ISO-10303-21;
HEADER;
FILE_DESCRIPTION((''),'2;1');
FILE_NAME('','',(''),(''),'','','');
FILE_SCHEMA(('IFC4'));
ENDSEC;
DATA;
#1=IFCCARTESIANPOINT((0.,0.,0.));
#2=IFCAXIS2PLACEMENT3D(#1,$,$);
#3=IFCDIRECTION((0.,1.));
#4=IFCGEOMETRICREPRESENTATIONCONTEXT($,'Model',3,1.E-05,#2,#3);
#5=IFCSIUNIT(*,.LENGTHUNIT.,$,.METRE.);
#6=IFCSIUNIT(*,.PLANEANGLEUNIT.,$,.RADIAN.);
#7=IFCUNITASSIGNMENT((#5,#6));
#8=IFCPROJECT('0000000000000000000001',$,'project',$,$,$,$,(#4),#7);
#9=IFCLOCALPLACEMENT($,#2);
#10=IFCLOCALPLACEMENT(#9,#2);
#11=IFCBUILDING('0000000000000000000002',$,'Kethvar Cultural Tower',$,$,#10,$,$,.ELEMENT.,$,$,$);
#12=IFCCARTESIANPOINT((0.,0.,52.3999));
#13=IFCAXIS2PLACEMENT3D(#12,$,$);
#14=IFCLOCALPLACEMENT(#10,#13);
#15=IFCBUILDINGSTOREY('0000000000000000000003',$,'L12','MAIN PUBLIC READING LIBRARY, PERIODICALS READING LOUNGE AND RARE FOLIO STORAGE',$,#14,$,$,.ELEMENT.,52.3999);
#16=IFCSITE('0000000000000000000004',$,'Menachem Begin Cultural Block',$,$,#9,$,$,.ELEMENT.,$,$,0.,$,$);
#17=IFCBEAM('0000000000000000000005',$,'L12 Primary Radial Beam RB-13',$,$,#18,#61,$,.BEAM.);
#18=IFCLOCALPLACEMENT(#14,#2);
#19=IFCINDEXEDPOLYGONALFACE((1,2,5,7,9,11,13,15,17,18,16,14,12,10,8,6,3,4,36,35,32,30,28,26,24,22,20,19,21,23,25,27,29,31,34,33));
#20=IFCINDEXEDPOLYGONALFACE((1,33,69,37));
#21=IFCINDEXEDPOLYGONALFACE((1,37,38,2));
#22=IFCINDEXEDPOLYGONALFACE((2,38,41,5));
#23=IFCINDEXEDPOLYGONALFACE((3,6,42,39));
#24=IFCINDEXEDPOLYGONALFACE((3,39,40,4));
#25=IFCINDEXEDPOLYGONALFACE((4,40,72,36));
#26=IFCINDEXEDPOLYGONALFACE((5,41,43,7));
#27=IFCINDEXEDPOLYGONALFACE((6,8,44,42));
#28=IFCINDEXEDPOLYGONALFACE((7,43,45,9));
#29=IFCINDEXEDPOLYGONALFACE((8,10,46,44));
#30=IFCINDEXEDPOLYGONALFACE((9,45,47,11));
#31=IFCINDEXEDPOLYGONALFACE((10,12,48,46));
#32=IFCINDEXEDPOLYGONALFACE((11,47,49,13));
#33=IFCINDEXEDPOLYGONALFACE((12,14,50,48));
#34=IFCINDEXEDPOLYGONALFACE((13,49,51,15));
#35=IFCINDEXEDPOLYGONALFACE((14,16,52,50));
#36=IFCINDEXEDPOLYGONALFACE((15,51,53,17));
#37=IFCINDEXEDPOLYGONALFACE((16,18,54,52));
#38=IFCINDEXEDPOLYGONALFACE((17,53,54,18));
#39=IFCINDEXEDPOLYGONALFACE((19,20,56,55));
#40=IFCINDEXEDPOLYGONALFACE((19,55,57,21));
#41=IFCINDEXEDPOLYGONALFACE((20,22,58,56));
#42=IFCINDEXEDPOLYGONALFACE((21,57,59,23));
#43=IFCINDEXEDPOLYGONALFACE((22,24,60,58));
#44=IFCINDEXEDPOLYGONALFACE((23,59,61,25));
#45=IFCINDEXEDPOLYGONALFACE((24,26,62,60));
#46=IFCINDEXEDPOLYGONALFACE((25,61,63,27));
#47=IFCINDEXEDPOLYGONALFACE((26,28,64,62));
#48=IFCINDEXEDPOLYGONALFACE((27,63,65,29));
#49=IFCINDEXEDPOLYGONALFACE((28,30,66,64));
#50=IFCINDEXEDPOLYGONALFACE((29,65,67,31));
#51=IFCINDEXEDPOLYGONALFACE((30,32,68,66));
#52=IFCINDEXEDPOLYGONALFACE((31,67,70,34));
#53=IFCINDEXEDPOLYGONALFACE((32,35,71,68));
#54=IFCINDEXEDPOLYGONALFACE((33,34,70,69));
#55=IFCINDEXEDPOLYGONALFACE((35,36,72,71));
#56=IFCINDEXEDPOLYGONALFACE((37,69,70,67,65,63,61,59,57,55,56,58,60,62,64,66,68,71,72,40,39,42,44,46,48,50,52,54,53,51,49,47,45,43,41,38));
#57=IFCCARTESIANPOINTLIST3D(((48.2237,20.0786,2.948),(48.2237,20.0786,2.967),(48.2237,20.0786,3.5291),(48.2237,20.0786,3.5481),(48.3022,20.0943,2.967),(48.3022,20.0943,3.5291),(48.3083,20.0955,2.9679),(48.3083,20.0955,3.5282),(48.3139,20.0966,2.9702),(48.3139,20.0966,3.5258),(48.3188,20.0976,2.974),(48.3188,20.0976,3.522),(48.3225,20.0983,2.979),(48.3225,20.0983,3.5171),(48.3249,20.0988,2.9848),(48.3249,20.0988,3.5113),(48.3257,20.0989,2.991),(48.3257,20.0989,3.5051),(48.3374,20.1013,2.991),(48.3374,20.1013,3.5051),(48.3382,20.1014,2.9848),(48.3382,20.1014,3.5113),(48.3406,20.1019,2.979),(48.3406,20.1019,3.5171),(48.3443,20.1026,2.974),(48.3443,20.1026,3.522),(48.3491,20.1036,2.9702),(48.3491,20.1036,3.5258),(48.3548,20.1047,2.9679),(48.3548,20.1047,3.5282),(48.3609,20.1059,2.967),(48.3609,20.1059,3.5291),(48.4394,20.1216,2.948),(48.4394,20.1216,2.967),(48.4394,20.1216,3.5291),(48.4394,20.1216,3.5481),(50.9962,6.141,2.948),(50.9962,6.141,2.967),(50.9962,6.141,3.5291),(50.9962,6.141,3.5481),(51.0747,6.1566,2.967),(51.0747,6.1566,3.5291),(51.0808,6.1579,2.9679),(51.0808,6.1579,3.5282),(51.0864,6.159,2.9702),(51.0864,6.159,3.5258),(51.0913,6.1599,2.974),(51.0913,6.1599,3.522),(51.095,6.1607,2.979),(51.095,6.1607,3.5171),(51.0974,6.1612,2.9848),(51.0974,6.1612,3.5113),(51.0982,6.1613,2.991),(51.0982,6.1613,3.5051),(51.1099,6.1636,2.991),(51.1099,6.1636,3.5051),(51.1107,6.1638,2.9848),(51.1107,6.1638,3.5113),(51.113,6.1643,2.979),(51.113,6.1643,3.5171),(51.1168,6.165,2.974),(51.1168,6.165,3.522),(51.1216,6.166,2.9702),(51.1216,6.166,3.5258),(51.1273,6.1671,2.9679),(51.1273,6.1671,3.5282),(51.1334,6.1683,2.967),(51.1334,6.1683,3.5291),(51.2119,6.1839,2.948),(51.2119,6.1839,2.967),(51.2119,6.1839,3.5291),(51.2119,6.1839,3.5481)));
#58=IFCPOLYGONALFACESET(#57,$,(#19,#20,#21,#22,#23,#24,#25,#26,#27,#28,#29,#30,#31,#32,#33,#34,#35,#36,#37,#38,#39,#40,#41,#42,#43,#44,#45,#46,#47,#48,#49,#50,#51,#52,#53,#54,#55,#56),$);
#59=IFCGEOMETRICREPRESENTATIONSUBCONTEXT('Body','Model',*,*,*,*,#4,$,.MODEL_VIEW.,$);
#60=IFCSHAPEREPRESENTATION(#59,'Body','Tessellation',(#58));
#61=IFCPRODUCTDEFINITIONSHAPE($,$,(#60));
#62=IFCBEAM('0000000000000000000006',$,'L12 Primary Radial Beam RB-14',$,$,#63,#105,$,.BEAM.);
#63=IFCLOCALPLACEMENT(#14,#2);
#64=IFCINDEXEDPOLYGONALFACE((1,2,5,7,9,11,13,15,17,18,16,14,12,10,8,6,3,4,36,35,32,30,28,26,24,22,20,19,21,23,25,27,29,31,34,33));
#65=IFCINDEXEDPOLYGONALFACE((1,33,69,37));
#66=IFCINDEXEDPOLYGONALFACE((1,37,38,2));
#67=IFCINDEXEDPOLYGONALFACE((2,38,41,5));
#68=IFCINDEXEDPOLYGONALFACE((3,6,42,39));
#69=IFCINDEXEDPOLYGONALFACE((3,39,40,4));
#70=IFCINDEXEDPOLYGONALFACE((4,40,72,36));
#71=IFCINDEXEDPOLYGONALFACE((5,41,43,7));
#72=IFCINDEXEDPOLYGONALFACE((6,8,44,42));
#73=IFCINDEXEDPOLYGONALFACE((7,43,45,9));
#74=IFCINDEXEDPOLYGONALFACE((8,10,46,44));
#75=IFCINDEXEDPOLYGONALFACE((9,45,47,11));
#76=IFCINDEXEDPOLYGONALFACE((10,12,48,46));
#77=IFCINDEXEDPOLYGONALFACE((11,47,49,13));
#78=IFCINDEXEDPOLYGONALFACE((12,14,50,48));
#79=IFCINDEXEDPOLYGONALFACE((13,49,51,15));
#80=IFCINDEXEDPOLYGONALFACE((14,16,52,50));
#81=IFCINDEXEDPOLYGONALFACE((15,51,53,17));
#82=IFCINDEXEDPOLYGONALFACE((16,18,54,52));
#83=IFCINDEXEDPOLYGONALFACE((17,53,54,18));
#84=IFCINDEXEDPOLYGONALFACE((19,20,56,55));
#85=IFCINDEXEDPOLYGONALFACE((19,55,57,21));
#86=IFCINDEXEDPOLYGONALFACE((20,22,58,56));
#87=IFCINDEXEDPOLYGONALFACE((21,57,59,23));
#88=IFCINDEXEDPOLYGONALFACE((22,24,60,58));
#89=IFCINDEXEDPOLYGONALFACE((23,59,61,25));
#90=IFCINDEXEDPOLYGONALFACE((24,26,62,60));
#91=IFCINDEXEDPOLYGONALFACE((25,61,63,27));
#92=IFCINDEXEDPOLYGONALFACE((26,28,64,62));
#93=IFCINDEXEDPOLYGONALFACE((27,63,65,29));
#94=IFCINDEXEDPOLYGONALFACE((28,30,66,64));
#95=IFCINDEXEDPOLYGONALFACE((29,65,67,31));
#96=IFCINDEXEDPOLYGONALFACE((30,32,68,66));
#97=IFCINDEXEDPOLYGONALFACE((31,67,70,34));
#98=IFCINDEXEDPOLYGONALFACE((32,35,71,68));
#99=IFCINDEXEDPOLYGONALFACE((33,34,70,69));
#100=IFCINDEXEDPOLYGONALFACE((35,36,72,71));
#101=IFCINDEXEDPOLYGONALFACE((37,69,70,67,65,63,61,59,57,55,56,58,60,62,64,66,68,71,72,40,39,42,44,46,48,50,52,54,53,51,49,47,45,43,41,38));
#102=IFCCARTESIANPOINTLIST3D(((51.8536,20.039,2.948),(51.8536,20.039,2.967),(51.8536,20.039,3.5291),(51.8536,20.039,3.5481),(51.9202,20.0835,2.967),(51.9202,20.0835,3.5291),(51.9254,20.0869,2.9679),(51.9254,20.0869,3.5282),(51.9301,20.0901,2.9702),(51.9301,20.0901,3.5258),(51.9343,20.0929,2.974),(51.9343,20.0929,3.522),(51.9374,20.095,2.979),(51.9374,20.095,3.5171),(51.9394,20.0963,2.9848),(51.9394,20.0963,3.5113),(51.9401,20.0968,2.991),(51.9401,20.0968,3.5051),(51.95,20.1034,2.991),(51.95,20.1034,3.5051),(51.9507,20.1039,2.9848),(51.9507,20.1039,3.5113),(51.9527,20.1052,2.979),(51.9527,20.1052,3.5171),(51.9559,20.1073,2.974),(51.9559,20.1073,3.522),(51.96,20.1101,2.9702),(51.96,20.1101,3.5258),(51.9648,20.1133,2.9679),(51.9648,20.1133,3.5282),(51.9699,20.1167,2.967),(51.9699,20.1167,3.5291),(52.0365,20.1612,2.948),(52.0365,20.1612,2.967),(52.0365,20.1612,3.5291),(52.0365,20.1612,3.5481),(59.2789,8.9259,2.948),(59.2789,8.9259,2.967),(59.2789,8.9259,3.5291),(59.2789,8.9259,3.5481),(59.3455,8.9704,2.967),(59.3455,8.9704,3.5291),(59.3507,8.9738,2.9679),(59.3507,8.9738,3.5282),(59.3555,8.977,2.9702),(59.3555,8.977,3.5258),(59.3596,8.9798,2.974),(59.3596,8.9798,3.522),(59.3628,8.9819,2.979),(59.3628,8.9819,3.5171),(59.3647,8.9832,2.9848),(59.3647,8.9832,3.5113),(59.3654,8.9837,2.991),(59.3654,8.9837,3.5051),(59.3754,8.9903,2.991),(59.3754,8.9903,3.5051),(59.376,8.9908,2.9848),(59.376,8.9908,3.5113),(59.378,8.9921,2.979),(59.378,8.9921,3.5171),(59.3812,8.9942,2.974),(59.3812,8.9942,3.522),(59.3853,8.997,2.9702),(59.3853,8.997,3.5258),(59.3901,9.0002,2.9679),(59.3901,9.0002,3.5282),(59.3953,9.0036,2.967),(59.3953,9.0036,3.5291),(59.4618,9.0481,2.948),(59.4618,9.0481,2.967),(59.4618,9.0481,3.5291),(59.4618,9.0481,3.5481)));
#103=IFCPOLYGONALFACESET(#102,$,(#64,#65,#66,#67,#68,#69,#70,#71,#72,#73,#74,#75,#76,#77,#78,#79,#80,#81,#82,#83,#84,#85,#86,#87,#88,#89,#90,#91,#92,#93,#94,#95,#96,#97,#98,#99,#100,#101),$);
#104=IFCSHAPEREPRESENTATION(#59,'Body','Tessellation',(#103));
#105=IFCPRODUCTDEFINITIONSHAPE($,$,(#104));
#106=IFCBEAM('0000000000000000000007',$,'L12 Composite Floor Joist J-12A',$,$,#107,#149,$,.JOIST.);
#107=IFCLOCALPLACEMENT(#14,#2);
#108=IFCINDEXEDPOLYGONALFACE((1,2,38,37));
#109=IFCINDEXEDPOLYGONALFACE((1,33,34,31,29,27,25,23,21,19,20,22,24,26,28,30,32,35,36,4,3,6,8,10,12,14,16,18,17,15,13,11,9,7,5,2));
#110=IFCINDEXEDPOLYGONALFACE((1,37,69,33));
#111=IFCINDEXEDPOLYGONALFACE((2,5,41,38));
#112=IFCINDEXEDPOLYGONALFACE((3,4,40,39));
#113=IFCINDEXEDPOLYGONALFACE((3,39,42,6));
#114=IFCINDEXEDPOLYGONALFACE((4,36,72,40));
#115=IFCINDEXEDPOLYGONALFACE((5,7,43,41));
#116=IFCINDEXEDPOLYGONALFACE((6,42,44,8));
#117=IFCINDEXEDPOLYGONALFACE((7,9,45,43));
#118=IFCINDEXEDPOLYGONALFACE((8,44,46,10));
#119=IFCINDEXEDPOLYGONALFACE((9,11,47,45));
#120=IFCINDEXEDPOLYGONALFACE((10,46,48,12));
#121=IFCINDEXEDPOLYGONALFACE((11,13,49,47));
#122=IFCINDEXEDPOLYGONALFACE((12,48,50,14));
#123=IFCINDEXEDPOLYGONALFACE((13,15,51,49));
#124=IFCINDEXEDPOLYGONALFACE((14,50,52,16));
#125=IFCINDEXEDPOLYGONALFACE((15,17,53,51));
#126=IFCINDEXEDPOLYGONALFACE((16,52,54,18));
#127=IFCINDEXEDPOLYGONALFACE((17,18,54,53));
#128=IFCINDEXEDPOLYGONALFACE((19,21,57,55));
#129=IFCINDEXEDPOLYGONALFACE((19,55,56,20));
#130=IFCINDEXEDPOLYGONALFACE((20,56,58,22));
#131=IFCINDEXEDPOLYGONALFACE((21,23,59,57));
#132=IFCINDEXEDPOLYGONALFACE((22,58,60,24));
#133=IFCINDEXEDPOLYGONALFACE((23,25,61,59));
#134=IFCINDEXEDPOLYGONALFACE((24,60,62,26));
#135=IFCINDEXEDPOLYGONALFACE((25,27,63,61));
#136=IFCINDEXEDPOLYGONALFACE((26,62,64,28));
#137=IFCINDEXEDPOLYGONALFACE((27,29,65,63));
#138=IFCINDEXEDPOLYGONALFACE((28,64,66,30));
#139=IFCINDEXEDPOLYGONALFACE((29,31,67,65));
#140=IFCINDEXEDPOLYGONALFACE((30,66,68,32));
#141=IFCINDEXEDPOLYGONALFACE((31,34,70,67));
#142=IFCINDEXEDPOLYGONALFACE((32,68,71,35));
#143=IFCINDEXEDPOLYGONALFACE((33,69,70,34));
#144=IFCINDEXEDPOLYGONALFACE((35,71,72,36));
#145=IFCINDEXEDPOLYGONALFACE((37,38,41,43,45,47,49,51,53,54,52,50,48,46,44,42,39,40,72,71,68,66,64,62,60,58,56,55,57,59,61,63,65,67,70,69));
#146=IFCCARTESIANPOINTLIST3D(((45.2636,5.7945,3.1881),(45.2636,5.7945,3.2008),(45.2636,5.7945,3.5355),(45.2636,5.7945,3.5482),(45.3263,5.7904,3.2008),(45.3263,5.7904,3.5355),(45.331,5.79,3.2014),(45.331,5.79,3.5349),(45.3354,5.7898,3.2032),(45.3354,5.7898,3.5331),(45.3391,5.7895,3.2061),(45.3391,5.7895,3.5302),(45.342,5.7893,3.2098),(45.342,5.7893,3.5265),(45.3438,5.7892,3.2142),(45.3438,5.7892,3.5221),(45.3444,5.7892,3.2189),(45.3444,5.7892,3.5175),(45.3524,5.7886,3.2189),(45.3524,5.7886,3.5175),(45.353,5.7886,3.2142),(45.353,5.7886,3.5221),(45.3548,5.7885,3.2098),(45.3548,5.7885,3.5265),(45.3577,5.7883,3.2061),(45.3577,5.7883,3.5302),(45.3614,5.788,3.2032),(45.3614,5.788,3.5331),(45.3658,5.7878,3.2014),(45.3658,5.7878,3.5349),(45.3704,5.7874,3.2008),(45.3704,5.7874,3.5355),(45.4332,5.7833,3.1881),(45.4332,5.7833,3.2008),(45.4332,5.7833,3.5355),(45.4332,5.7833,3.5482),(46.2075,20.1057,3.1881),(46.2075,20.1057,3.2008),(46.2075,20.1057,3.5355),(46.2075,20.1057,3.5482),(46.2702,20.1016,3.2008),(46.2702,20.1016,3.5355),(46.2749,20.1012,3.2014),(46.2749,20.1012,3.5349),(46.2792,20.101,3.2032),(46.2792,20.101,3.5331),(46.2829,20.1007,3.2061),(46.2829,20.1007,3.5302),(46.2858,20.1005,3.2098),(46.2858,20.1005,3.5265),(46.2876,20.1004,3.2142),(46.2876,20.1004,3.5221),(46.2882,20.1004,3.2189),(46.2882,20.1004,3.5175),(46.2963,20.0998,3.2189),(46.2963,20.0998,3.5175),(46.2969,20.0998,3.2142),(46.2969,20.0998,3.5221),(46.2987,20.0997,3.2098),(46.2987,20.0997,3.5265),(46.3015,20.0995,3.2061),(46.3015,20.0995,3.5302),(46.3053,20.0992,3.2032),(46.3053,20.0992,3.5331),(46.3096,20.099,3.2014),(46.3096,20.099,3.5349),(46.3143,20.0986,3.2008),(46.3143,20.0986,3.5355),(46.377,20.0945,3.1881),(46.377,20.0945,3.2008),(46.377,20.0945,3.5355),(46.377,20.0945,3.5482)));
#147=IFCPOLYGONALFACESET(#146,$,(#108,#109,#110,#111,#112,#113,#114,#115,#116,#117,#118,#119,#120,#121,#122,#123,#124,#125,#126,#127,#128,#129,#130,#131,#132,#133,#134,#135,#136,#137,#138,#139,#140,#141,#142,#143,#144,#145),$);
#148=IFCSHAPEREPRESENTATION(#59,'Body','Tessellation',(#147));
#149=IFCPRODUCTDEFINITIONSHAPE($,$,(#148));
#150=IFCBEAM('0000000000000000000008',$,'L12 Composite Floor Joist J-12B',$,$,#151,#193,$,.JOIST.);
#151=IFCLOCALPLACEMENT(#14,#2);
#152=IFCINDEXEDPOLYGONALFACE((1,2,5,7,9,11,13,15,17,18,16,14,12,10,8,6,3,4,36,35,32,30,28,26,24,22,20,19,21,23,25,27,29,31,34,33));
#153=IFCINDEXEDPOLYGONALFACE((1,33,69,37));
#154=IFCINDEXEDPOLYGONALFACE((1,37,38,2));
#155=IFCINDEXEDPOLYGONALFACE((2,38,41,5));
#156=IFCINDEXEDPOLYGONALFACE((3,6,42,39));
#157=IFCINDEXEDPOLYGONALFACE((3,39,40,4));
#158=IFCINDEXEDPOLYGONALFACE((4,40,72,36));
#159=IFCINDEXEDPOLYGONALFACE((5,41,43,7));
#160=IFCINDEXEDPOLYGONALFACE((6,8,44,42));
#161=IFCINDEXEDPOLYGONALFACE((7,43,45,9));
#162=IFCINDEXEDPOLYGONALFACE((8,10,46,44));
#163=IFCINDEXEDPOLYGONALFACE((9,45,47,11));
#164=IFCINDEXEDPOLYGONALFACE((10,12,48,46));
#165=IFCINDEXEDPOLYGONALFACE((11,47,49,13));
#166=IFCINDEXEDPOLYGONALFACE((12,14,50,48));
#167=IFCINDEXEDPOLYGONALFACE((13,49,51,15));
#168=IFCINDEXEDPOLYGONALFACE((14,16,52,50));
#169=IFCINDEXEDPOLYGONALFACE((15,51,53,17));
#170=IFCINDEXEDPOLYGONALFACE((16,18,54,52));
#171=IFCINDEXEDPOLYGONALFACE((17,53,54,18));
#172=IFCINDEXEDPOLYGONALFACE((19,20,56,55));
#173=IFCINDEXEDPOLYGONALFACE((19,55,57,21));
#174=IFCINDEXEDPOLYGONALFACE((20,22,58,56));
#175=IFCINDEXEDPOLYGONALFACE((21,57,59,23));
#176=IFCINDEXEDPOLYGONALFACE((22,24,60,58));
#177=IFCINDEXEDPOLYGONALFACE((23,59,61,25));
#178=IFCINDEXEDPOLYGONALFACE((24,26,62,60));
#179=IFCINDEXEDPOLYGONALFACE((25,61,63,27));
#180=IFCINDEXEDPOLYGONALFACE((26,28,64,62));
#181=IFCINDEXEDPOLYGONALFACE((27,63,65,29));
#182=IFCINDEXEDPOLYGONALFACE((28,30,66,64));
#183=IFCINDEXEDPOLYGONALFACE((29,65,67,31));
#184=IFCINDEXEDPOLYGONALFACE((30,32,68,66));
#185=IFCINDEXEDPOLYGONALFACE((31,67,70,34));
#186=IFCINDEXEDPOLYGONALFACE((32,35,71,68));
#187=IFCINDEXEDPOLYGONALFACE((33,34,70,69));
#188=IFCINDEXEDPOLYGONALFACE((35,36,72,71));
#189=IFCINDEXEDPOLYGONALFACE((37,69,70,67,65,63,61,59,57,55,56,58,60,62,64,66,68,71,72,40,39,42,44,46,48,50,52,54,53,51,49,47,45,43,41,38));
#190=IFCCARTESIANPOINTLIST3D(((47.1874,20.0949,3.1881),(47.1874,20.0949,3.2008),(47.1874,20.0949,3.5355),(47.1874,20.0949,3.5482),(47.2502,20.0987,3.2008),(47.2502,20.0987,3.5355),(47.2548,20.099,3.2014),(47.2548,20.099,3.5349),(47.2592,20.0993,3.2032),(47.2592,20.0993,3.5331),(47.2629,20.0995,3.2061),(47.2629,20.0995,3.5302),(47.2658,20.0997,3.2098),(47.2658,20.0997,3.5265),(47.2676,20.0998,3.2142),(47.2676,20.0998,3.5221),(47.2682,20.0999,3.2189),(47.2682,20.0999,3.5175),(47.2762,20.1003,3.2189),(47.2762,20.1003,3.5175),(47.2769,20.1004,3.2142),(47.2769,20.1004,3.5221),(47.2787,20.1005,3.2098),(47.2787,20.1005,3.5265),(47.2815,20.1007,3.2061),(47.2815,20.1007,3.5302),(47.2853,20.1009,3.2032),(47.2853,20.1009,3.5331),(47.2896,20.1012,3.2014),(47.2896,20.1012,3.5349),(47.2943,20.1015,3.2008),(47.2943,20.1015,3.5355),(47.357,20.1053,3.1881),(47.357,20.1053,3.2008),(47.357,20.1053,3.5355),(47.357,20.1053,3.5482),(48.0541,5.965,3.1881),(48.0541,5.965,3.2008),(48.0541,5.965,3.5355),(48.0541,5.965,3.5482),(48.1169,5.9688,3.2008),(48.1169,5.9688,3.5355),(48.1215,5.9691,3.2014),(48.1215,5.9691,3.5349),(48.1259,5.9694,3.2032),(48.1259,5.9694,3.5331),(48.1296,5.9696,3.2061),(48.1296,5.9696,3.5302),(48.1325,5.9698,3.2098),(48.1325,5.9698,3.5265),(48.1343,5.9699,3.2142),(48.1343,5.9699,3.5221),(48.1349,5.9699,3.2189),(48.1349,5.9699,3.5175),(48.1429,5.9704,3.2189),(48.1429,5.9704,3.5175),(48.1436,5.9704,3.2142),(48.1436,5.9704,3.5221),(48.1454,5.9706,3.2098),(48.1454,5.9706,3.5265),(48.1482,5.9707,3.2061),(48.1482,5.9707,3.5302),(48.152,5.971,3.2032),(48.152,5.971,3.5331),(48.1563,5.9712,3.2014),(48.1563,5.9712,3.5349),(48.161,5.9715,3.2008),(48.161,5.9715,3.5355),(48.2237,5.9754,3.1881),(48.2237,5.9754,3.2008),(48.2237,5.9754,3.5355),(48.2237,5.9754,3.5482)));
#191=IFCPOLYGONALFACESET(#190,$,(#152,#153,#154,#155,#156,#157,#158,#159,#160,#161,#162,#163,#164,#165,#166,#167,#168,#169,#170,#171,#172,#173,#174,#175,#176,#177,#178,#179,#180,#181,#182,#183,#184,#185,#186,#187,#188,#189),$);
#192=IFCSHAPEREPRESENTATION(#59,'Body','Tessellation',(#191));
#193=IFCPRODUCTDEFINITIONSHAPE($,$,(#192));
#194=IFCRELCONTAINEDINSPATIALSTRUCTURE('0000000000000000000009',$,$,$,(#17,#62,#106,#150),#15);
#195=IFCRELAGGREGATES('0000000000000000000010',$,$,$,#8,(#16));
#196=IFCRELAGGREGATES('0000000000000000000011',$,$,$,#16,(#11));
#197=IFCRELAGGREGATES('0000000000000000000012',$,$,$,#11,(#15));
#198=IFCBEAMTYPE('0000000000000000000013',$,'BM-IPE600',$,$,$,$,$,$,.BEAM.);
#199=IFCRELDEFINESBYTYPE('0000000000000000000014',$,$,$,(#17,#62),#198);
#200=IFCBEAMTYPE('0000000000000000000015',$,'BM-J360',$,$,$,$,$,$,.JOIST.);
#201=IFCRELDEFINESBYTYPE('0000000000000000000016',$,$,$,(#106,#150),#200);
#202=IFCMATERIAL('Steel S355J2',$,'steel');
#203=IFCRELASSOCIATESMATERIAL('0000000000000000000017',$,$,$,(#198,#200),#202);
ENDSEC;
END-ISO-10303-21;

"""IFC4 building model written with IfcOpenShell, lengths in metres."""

from ifc_helpers import new_model, si_unit, direction, frame, origin, origin_2d, place, context, subcontext, project, spatial, i_section, extrude, source, transform, mapped, material, material_profile, profile_set, type_object, element, save


model = new_model("IFC4")

# Units and contexts
model_context = context("Model", 3, precision=1e-05, world=origin(), true_north=direction((0.0, 1.0)))
body_context = subcontext(model_context, "Body", "Model", "MODEL_VIEW")
ifc_project = project(units=[si_unit("LENGTHUNIT", "METRE"), si_unit("PLANEANGLEUNIT", "RADIAN")], contexts=[model_context])

# Site, building, storey
site_placement = place(None, origin())
site = spatial("IfcSite", under=ifc_project, at=site_placement, Name="Menachem Begin Cultural Block", CompositionType="ELEMENT", RefElevation=0.0)
building_placement = place(site_placement, origin())
building = spatial("IfcBuilding", under=site, at=building_placement, Name="Kethvar Cultural Tower", CompositionType="ELEMENT")
storey_placement = place(building_placement, frame((0.0, 0.0, 52.3999)))
storey = spatial("IfcBuildingStorey", under=building, at=storey_placement, Name="L12", Description="MAIN PUBLIC READING LIBRARY, PERIODICALS READING LOUNGE AND RARE FOLIO STORAGE", CompositionType="ELEMENT", Elevation=52.3999)

# Beams
ifc_material_1 = material(Name="Steel S355J2", Category="steel")
ifc_material_profile_1 = material_profile(ifc_material_1, i_section(OverallWidth=0.22, OverallDepth=0.6001, WebThickness=0.012, FlangeThickness=0.019, FilletRadius=0.0239, at=origin_2d()), Name="Steel S355J2 — IPE600")
ifc_profile_set_1 = profile_set([ifc_material_profile_1], Name="Steel S355J2 — IPE600")
beam_type_1 = type_object("IfcBeamType", Name="BM-IPE600", PredefinedType="BEAM", material=ifc_profile_set_1)
shared_shape_1 = source(origin(), body_context, "Body", "SweptSolid", [
    extrude(i_section(OverallWidth=0.22, OverallDepth=0.6001, WebThickness=0.012, FlangeThickness=0.019, FilletRadius=0.0239, at=origin_2d()), origin(), (0.0, 0.0, 1.0), 14.2107),
])
beam_1_placement = place(storey_placement, frame((48.3315, 20.1001, 3.248), z_axis=(0.195098, -0.980784, 0.0), x_axis=(0.980784, 0.195098, 0.0)))
element("IfcBeam", 1, at=beam_1_placement, inside=storey, type_object=beam_type_1, Name="L12 Primary Radial Beam RB-13", PredefinedType="BEAM", context=body_context, shape_type="MappedRepresentation", body=[
    mapped(shared_shape_1, transform((0.0, 0.0, 0.0), scale=1.0)),
])
shared_shape_2 = source(origin(), body_context, "Body", "SweptSolid", [
    extrude(i_section(OverallWidth=0.22, OverallDepth=0.6001, WebThickness=0.012, FlangeThickness=0.019, FilletRadius=0.0239, at=origin_2d()), origin(), (0.0, 0.0, 1.0), 13.3655),
])
beam_2_placement = place(storey_placement, frame((51.9451, 20.1001, 3.248), z_axis=(0.55556, -0.831477, 0.0), x_axis=(0.831477, 0.55556, 0.0)))
element("IfcBeam", 2, at=beam_2_placement, inside=storey, type_object=beam_type_1, Name="L12 Primary Radial Beam RB-14", PredefinedType="BEAM", context=body_context, shape_type="MappedRepresentation", body=[
    mapped(shared_shape_2, transform((0.0, 0.0, 0.0), scale=1.0)),
])
ifc_material_profile_2 = material_profile(ifc_material_1, i_section(OverallWidth=0.1699, OverallDepth=0.3601, WebThickness=0.0081, FlangeThickness=0.0127, FilletRadius=0.0181, at=origin_2d()), Name="Steel S355J2 — IPE360")
ifc_profile_set_2 = profile_set([ifc_material_profile_2], Name="Steel S355J2 — IPE360")
beam_type_2 = type_object("IfcBeamType", Name="BM-J360", PredefinedType="JOIST", material=ifc_profile_set_2)
shared_shape_3 = source(origin(), body_context, "Body", "SweptSolid", [
    extrude(i_section(OverallWidth=0.1699, OverallDepth=0.3601, WebThickness=0.0081, FlangeThickness=0.0127, FilletRadius=0.0181, at=origin_2d()), origin(), (0.0, 0.0, 1.0), 14.3423),
])
beam_3_placement = place(storey_placement, frame((46.2922, 20.1001, 3.3682), z_axis=(-0.065808, -0.997832, 0.0), x_axis=(0.997832, -0.065808, 0.0)))
element("IfcBeam", 3, at=beam_3_placement, inside=storey, type_object=beam_type_2, Name="L12 Composite Floor Joist J-12A", PredefinedType="JOIST", context=body_context, shape_type="MappedRepresentation", body=[
    mapped(shared_shape_3, transform((0.0, 0.0, 0.0), scale=1.0)),
])
shared_shape_4 = source(origin(), body_context, "Body", "SweptSolid", [
    extrude(i_section(OverallWidth=0.1699, OverallDepth=0.3601, WebThickness=0.0081, FlangeThickness=0.0127, FilletRadius=0.0181, at=origin_2d()), origin(), (0.0, 0.0, 1.0), 14.1565),
])
beam_4_placement = place(storey_placement, frame((47.2722, 20.1001, 3.3682), z_axis=(0.061223, -0.998124, 0.0), x_axis=(0.998124, 0.061223, 0.0)))
element("IfcBeam", 4, at=beam_4_placement, inside=storey, type_object=beam_type_2, Name="L12 Composite Floor Joist J-12B", PredefinedType="JOIST", context=body_context, shape_type="MappedRepresentation", body=[
    mapped(shared_shape_4, transform((0.0, 0.0, 0.0), scale=1.0)),
])

save(model, "model.ifc")
